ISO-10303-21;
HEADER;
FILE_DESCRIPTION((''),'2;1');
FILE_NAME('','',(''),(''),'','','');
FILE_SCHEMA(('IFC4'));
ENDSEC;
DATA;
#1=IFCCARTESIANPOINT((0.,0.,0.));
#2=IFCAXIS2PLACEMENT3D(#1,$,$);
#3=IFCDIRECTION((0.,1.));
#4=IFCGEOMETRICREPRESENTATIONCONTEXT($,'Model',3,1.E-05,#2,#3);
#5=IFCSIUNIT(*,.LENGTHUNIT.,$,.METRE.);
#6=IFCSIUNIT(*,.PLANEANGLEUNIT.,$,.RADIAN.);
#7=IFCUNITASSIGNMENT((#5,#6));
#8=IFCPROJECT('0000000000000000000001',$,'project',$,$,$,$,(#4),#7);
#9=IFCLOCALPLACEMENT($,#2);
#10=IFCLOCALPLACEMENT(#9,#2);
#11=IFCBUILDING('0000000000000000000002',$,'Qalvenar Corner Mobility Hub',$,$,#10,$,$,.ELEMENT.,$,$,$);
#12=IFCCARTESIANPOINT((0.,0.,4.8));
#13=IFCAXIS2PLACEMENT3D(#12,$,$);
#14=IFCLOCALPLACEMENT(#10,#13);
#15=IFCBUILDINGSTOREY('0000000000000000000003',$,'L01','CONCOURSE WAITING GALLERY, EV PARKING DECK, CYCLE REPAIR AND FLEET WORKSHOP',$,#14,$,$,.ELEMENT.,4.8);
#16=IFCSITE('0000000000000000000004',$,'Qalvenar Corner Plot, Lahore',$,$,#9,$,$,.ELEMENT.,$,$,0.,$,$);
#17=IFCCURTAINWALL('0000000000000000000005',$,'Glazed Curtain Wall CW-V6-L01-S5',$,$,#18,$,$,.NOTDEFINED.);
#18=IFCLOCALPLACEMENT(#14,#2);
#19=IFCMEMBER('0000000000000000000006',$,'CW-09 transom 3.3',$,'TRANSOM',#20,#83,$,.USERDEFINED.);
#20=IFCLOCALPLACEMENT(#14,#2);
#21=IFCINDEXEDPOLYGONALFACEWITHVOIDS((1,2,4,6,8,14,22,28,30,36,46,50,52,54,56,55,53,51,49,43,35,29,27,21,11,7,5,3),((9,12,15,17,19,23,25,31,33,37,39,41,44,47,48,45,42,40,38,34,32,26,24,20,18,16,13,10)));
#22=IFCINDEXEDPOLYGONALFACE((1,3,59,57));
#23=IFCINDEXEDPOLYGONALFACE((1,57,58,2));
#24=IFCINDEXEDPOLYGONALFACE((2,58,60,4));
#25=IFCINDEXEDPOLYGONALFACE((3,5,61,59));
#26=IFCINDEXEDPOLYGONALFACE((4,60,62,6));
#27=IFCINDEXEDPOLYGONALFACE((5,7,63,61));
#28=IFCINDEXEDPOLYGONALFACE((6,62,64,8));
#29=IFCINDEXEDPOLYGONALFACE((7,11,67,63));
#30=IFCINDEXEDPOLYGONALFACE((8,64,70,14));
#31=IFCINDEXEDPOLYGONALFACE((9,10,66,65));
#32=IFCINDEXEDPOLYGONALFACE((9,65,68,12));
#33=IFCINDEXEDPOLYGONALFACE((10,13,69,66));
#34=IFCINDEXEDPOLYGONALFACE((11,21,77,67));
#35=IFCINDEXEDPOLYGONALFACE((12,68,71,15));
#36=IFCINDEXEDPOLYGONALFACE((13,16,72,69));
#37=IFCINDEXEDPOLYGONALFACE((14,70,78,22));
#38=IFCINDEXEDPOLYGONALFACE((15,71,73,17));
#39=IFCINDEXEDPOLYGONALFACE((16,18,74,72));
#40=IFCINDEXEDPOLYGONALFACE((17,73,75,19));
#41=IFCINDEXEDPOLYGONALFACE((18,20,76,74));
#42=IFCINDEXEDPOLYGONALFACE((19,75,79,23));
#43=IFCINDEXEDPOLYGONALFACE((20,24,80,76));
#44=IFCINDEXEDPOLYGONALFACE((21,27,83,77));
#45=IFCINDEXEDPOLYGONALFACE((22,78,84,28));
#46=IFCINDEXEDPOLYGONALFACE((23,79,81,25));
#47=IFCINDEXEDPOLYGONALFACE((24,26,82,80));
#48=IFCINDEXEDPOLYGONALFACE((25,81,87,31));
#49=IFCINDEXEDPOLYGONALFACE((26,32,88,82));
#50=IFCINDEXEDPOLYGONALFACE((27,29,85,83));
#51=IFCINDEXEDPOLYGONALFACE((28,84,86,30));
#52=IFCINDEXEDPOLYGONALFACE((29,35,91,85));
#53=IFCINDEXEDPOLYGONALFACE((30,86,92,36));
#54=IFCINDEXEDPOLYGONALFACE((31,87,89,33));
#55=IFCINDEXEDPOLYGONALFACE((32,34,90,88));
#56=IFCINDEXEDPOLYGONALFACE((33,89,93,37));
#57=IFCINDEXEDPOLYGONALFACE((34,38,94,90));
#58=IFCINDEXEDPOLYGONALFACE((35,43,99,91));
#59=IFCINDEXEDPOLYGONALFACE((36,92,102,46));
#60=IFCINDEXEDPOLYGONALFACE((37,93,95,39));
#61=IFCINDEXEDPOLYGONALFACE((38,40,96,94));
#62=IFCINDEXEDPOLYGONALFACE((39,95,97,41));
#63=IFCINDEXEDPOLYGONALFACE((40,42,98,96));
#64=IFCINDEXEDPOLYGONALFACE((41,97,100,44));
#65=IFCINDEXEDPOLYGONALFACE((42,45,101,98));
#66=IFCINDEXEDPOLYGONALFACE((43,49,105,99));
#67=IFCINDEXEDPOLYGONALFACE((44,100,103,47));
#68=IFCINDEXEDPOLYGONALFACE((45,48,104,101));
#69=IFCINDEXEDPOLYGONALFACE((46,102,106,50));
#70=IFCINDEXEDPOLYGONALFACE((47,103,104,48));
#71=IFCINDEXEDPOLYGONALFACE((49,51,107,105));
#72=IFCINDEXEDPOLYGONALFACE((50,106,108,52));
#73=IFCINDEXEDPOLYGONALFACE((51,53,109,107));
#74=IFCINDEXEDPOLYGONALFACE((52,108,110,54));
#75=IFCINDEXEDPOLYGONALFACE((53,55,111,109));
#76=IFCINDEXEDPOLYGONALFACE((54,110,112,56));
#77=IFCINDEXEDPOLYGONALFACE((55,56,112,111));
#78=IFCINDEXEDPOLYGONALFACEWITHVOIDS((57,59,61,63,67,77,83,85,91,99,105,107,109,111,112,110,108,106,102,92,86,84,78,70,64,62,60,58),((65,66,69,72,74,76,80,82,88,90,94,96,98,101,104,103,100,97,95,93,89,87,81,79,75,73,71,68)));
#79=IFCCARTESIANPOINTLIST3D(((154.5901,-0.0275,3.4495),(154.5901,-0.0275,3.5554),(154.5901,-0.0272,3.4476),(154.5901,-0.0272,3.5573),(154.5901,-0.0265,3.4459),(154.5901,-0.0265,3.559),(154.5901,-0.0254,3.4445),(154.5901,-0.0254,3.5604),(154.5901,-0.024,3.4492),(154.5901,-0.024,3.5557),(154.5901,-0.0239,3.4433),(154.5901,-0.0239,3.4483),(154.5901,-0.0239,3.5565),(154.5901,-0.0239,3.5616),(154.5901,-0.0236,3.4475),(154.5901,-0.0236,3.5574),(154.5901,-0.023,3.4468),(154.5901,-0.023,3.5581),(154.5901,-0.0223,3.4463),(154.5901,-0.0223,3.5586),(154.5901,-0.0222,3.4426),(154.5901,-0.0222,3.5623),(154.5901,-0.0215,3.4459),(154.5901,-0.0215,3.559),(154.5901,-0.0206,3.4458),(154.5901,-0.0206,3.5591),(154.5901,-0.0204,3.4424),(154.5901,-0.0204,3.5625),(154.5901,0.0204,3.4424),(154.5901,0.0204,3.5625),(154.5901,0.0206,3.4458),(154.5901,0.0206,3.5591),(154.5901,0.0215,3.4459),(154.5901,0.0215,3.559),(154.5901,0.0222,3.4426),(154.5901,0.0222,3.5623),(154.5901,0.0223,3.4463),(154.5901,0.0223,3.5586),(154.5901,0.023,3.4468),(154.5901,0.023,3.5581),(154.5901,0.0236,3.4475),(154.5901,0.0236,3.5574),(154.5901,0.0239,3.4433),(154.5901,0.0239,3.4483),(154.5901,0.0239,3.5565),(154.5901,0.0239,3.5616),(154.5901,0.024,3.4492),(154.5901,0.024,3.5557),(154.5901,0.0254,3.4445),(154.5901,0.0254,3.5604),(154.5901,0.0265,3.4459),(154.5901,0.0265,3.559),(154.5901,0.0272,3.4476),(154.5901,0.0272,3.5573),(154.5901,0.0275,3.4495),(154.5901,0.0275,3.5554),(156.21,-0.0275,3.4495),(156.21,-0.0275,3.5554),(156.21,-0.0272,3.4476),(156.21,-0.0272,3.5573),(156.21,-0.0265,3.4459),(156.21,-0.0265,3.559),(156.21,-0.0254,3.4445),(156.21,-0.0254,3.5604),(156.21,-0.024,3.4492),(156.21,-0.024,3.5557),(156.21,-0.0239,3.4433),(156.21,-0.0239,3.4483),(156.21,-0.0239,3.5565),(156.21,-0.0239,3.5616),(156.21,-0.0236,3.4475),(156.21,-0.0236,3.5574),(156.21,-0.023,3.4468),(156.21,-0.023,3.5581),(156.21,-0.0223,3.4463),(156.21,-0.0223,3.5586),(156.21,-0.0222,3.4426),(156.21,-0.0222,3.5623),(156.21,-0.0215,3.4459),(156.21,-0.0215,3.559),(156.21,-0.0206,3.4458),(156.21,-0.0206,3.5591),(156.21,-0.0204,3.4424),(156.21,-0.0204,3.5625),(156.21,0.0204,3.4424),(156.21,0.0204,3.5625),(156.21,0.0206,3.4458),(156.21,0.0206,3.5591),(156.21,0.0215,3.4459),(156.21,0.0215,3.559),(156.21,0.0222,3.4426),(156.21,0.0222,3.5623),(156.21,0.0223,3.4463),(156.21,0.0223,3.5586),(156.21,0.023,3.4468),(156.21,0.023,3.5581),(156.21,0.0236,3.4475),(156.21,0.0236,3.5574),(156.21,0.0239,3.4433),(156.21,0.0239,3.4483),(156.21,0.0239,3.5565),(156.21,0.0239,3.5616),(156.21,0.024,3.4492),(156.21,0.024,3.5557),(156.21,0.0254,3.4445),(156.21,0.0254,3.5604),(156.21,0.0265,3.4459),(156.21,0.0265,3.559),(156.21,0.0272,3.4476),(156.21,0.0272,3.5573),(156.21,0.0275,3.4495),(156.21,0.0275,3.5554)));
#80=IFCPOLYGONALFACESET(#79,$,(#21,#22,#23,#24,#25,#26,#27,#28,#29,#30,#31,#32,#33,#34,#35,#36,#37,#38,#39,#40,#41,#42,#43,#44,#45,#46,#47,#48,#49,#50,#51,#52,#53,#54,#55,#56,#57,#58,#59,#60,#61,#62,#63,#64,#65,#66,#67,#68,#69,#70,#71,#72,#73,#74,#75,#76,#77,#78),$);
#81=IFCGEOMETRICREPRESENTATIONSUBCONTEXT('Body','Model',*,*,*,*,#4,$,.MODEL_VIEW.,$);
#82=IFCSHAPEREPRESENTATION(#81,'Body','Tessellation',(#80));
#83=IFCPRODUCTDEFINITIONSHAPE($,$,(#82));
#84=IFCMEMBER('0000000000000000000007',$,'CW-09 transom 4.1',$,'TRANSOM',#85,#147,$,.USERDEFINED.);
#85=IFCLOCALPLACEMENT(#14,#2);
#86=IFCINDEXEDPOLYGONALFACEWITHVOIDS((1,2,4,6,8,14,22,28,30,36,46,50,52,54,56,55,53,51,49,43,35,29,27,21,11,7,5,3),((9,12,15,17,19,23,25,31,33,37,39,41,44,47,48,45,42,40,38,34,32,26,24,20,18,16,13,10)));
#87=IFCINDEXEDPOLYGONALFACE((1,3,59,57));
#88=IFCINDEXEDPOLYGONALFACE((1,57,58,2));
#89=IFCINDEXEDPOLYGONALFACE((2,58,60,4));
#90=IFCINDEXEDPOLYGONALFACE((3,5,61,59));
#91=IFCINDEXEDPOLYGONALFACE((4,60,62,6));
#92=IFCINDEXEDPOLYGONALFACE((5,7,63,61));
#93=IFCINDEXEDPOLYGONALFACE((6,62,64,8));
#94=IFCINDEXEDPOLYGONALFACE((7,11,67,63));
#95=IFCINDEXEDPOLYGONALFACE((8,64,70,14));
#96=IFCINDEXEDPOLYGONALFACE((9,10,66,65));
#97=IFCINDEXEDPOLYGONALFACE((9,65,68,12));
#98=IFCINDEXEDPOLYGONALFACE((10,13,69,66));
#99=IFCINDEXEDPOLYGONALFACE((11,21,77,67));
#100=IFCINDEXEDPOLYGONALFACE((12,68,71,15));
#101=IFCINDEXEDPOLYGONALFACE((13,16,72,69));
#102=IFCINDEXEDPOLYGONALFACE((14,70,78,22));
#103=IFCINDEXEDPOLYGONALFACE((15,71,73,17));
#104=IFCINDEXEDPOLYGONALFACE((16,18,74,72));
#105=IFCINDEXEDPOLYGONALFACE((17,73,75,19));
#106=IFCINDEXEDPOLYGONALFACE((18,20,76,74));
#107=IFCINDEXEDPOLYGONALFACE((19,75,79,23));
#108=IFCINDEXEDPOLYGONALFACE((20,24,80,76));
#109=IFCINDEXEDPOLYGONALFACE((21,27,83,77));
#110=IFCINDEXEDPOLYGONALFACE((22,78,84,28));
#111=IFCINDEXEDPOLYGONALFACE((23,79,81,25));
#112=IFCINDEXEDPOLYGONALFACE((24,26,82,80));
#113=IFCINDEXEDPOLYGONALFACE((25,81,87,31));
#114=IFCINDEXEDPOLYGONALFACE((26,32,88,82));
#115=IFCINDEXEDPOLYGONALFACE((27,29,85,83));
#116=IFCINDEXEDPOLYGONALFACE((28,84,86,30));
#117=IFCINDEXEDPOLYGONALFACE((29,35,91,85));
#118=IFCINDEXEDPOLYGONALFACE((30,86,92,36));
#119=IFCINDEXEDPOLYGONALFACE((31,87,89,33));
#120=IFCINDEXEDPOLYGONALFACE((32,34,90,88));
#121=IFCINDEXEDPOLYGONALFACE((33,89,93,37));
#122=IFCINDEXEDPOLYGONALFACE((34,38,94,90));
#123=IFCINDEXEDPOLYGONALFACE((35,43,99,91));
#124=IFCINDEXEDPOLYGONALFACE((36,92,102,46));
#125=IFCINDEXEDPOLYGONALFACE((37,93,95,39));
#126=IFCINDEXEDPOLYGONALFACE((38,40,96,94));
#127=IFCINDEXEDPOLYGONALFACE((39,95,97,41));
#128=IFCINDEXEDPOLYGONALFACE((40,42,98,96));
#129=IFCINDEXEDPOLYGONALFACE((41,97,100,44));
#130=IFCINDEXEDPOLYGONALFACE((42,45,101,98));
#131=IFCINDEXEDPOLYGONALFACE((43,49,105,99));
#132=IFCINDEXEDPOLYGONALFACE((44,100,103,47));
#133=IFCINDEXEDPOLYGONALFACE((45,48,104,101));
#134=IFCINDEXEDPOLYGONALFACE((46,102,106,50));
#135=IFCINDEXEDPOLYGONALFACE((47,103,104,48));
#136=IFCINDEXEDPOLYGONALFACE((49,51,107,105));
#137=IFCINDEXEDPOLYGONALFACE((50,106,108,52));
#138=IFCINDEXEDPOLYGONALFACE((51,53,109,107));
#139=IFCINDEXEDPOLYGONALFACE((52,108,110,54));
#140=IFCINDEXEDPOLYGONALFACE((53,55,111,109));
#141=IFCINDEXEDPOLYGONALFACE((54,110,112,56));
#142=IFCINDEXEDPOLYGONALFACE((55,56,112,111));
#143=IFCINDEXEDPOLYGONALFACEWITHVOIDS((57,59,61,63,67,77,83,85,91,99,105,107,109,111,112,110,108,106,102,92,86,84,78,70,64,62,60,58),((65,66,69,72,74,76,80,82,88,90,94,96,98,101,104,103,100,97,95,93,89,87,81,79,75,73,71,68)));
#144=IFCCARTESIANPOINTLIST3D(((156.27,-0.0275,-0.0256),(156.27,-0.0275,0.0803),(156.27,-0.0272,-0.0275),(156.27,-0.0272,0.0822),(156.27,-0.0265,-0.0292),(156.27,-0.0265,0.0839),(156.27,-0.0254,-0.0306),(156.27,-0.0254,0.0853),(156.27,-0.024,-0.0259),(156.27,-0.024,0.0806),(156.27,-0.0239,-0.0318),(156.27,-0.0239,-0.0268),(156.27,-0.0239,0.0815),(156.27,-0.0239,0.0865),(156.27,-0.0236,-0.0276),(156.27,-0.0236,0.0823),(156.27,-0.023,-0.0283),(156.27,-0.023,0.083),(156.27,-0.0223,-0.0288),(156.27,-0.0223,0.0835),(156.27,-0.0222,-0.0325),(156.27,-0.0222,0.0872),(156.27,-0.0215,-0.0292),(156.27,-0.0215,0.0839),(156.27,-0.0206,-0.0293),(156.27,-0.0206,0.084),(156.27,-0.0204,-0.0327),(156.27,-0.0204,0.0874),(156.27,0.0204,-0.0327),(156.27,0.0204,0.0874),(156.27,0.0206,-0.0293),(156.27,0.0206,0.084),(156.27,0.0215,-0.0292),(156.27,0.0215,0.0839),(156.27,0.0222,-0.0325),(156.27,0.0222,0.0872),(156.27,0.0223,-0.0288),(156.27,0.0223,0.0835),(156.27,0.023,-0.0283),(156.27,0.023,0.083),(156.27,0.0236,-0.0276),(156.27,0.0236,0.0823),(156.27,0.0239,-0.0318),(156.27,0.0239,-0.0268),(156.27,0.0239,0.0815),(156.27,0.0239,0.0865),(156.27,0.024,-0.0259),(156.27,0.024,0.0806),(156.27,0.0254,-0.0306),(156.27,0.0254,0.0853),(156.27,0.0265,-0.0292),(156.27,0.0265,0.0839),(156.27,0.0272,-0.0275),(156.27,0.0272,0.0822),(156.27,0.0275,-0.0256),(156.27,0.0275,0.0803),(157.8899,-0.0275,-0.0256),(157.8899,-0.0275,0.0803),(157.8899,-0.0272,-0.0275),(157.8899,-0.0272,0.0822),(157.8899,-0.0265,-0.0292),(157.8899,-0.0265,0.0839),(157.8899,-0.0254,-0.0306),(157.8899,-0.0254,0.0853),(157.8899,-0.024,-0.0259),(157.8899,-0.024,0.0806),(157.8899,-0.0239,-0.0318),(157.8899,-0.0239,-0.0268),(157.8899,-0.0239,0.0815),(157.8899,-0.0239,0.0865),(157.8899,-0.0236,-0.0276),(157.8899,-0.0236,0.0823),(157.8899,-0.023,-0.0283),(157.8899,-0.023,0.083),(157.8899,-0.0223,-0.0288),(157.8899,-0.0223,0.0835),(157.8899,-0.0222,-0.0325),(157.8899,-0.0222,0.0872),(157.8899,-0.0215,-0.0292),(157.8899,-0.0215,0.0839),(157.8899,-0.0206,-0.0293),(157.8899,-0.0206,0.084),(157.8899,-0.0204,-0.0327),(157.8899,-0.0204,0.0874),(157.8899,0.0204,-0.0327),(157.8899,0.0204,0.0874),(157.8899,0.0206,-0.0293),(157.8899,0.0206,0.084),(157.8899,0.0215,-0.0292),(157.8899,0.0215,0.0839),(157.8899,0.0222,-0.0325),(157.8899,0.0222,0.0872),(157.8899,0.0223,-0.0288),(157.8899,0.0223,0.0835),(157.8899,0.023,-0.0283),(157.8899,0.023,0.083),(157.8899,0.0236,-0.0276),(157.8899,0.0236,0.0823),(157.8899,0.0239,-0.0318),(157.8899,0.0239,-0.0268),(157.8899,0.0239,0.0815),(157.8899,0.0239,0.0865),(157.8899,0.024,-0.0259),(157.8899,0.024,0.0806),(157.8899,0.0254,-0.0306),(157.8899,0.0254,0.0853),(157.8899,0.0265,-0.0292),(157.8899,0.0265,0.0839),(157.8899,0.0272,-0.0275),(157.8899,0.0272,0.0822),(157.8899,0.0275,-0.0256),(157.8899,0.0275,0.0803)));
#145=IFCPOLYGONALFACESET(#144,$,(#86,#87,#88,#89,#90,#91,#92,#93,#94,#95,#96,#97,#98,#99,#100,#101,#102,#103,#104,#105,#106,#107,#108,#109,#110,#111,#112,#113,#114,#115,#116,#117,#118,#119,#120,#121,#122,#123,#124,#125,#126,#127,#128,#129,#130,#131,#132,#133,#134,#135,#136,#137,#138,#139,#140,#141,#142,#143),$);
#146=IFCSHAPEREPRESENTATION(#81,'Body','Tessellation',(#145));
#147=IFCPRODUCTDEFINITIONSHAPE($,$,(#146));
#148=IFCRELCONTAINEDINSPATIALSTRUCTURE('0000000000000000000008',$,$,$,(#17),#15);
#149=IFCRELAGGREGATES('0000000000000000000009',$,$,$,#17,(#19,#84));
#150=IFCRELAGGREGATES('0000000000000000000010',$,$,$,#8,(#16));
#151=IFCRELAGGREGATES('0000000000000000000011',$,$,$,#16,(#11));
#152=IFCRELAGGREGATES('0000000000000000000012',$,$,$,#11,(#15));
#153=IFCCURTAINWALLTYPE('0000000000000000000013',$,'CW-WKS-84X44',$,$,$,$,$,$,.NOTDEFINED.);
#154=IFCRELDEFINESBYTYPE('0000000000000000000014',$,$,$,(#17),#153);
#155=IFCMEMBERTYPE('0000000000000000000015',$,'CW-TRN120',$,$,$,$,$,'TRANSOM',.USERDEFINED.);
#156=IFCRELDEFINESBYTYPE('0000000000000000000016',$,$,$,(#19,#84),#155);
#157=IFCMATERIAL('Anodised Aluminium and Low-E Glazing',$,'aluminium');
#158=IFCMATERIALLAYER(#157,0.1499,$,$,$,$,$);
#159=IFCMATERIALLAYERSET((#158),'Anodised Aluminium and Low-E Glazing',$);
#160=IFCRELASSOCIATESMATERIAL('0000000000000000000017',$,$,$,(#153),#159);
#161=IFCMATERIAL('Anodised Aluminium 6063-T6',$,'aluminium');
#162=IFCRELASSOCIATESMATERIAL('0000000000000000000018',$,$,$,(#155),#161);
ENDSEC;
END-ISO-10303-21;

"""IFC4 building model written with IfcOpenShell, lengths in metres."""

from ifc_helpers import new_model, si_unit, direction, frame, origin, origin_2d, place, context, subcontext, project, spatial, hollow_rectangle, extrude, material, layer, layer_set, material_profile, profile_set, type_object, element, aggregate, save


model = new_model("IFC4")

# Units and contexts
model_context = context("Model", 3, precision=1e-05, world=origin(), true_north=direction((0.0, 1.0)))
body_context = subcontext(model_context, "Body", "Model", "MODEL_VIEW")
ifc_project = project(units=[si_unit("LENGTHUNIT", "METRE"), si_unit("PLANEANGLEUNIT", "RADIAN")], contexts=[model_context])

# Site, building, storey
site_placement = place(None, origin())
site = spatial("IfcSite", under=ifc_project, at=site_placement, Name="Qalvenar Corner Plot, Lahore", CompositionType="ELEMENT", RefElevation=0.0)
building_placement = place(site_placement, origin())
building = spatial("IfcBuilding", under=site, at=building_placement, Name="Qalvenar Corner Mobility Hub", CompositionType="ELEMENT")
storey_placement = place(building_placement, frame((0.0, 0.0, 4.8)))
storey = spatial("IfcBuildingStorey", under=building, at=storey_placement, Name="L01", Description="CONCOURSE WAITING GALLERY, EV PARKING DECK, CYCLE REPAIR AND FLEET WORKSHOP", CompositionType="ELEMENT", Elevation=4.8)

# Curtain wall, members
ifc_material_1 = material(Name="Anodised Aluminium and Low-E Glazing", Category="aluminium")
ifc_layer_1 = layer(ifc_material_1, 0.1499)
ifc_layer_set_1 = layer_set([ifc_layer_1], Name="Anodised Aluminium and Low-E Glazing")
curtain_wall_type = type_object("IfcCurtainWallType", Name="CW-WKS-84X44", PredefinedType="NOTDEFINED", material=ifc_layer_set_1)
curtain_wall_placement = place(storey_placement, origin())
curtain_wall = element("IfcCurtainWall", 1, at=curtain_wall_placement, inside=storey, type_object=curtain_wall_type, Name="Glazed Curtain Wall CW-V6-L01-S5", PredefinedType="NOTDEFINED")
ifc_material_2 = material(Name="Anodised Aluminium 6063-T6", Category="aluminium")
ifc_material_profile_1 = material_profile(ifc_material_2, hollow_rectangle(XDim=0.0549, YDim=0.1201, WallThickness=0.0034, InnerFilletRadius=0.0034, OuterFilletRadius=0.0071, at=origin_2d()), Name="RHS120x55x3.5")
ifc_profile_set_1 = profile_set([ifc_material_profile_1], Name="Anodised Aluminium 6063-T6")
member_type_1 = type_object("IfcMemberType", Name="CW-TRN120", ElementType="TRANSOM", PredefinedType="USERDEFINED", material=ifc_profile_set_1)
member_1_placement = place(storey_placement, frame((154.5901, 0.0, 3.5024), z_axis=(1.0, 0.0, 0.0), x_axis=(0.0, 1.0, 0.0)))
member_1 = element("IfcMember", 2, at=member_1_placement, type_object=member_type_1, Name="CW-09 transom 3.3", ObjectType="TRANSOM", PredefinedType="USERDEFINED", context=body_context, shape_type="SweptSolid", body=[
    extrude(hollow_rectangle(XDim=0.0549, YDim=0.1201, WallThickness=0.0034, InnerFilletRadius=0.0034, OuterFilletRadius=0.0071, at=origin_2d()), origin(), (0.0, 0.0, 1.0), 1.6199),
])
member_2_placement = place(storey_placement, frame((156.27, 0.0, 0.0273), z_axis=(1.0, 0.0, 0.0), x_axis=(0.0, 1.0, 0.0)))
member_2 = element("IfcMember", 3, at=member_2_placement, type_object=member_type_1, Name="CW-09 transom 4.1", ObjectType="TRANSOM", PredefinedType="USERDEFINED", context=body_context, shape_type="SweptSolid", body=[
    extrude(hollow_rectangle(XDim=0.0549, YDim=0.1201, WallThickness=0.0034, InnerFilletRadius=0.0034, OuterFilletRadius=0.0071, at=origin_2d()), origin(), (0.0, 0.0, 1.0), 1.6199),
])
aggregate(curtain_wall, [member_1, member_2])

save(model, "model.ifc")
